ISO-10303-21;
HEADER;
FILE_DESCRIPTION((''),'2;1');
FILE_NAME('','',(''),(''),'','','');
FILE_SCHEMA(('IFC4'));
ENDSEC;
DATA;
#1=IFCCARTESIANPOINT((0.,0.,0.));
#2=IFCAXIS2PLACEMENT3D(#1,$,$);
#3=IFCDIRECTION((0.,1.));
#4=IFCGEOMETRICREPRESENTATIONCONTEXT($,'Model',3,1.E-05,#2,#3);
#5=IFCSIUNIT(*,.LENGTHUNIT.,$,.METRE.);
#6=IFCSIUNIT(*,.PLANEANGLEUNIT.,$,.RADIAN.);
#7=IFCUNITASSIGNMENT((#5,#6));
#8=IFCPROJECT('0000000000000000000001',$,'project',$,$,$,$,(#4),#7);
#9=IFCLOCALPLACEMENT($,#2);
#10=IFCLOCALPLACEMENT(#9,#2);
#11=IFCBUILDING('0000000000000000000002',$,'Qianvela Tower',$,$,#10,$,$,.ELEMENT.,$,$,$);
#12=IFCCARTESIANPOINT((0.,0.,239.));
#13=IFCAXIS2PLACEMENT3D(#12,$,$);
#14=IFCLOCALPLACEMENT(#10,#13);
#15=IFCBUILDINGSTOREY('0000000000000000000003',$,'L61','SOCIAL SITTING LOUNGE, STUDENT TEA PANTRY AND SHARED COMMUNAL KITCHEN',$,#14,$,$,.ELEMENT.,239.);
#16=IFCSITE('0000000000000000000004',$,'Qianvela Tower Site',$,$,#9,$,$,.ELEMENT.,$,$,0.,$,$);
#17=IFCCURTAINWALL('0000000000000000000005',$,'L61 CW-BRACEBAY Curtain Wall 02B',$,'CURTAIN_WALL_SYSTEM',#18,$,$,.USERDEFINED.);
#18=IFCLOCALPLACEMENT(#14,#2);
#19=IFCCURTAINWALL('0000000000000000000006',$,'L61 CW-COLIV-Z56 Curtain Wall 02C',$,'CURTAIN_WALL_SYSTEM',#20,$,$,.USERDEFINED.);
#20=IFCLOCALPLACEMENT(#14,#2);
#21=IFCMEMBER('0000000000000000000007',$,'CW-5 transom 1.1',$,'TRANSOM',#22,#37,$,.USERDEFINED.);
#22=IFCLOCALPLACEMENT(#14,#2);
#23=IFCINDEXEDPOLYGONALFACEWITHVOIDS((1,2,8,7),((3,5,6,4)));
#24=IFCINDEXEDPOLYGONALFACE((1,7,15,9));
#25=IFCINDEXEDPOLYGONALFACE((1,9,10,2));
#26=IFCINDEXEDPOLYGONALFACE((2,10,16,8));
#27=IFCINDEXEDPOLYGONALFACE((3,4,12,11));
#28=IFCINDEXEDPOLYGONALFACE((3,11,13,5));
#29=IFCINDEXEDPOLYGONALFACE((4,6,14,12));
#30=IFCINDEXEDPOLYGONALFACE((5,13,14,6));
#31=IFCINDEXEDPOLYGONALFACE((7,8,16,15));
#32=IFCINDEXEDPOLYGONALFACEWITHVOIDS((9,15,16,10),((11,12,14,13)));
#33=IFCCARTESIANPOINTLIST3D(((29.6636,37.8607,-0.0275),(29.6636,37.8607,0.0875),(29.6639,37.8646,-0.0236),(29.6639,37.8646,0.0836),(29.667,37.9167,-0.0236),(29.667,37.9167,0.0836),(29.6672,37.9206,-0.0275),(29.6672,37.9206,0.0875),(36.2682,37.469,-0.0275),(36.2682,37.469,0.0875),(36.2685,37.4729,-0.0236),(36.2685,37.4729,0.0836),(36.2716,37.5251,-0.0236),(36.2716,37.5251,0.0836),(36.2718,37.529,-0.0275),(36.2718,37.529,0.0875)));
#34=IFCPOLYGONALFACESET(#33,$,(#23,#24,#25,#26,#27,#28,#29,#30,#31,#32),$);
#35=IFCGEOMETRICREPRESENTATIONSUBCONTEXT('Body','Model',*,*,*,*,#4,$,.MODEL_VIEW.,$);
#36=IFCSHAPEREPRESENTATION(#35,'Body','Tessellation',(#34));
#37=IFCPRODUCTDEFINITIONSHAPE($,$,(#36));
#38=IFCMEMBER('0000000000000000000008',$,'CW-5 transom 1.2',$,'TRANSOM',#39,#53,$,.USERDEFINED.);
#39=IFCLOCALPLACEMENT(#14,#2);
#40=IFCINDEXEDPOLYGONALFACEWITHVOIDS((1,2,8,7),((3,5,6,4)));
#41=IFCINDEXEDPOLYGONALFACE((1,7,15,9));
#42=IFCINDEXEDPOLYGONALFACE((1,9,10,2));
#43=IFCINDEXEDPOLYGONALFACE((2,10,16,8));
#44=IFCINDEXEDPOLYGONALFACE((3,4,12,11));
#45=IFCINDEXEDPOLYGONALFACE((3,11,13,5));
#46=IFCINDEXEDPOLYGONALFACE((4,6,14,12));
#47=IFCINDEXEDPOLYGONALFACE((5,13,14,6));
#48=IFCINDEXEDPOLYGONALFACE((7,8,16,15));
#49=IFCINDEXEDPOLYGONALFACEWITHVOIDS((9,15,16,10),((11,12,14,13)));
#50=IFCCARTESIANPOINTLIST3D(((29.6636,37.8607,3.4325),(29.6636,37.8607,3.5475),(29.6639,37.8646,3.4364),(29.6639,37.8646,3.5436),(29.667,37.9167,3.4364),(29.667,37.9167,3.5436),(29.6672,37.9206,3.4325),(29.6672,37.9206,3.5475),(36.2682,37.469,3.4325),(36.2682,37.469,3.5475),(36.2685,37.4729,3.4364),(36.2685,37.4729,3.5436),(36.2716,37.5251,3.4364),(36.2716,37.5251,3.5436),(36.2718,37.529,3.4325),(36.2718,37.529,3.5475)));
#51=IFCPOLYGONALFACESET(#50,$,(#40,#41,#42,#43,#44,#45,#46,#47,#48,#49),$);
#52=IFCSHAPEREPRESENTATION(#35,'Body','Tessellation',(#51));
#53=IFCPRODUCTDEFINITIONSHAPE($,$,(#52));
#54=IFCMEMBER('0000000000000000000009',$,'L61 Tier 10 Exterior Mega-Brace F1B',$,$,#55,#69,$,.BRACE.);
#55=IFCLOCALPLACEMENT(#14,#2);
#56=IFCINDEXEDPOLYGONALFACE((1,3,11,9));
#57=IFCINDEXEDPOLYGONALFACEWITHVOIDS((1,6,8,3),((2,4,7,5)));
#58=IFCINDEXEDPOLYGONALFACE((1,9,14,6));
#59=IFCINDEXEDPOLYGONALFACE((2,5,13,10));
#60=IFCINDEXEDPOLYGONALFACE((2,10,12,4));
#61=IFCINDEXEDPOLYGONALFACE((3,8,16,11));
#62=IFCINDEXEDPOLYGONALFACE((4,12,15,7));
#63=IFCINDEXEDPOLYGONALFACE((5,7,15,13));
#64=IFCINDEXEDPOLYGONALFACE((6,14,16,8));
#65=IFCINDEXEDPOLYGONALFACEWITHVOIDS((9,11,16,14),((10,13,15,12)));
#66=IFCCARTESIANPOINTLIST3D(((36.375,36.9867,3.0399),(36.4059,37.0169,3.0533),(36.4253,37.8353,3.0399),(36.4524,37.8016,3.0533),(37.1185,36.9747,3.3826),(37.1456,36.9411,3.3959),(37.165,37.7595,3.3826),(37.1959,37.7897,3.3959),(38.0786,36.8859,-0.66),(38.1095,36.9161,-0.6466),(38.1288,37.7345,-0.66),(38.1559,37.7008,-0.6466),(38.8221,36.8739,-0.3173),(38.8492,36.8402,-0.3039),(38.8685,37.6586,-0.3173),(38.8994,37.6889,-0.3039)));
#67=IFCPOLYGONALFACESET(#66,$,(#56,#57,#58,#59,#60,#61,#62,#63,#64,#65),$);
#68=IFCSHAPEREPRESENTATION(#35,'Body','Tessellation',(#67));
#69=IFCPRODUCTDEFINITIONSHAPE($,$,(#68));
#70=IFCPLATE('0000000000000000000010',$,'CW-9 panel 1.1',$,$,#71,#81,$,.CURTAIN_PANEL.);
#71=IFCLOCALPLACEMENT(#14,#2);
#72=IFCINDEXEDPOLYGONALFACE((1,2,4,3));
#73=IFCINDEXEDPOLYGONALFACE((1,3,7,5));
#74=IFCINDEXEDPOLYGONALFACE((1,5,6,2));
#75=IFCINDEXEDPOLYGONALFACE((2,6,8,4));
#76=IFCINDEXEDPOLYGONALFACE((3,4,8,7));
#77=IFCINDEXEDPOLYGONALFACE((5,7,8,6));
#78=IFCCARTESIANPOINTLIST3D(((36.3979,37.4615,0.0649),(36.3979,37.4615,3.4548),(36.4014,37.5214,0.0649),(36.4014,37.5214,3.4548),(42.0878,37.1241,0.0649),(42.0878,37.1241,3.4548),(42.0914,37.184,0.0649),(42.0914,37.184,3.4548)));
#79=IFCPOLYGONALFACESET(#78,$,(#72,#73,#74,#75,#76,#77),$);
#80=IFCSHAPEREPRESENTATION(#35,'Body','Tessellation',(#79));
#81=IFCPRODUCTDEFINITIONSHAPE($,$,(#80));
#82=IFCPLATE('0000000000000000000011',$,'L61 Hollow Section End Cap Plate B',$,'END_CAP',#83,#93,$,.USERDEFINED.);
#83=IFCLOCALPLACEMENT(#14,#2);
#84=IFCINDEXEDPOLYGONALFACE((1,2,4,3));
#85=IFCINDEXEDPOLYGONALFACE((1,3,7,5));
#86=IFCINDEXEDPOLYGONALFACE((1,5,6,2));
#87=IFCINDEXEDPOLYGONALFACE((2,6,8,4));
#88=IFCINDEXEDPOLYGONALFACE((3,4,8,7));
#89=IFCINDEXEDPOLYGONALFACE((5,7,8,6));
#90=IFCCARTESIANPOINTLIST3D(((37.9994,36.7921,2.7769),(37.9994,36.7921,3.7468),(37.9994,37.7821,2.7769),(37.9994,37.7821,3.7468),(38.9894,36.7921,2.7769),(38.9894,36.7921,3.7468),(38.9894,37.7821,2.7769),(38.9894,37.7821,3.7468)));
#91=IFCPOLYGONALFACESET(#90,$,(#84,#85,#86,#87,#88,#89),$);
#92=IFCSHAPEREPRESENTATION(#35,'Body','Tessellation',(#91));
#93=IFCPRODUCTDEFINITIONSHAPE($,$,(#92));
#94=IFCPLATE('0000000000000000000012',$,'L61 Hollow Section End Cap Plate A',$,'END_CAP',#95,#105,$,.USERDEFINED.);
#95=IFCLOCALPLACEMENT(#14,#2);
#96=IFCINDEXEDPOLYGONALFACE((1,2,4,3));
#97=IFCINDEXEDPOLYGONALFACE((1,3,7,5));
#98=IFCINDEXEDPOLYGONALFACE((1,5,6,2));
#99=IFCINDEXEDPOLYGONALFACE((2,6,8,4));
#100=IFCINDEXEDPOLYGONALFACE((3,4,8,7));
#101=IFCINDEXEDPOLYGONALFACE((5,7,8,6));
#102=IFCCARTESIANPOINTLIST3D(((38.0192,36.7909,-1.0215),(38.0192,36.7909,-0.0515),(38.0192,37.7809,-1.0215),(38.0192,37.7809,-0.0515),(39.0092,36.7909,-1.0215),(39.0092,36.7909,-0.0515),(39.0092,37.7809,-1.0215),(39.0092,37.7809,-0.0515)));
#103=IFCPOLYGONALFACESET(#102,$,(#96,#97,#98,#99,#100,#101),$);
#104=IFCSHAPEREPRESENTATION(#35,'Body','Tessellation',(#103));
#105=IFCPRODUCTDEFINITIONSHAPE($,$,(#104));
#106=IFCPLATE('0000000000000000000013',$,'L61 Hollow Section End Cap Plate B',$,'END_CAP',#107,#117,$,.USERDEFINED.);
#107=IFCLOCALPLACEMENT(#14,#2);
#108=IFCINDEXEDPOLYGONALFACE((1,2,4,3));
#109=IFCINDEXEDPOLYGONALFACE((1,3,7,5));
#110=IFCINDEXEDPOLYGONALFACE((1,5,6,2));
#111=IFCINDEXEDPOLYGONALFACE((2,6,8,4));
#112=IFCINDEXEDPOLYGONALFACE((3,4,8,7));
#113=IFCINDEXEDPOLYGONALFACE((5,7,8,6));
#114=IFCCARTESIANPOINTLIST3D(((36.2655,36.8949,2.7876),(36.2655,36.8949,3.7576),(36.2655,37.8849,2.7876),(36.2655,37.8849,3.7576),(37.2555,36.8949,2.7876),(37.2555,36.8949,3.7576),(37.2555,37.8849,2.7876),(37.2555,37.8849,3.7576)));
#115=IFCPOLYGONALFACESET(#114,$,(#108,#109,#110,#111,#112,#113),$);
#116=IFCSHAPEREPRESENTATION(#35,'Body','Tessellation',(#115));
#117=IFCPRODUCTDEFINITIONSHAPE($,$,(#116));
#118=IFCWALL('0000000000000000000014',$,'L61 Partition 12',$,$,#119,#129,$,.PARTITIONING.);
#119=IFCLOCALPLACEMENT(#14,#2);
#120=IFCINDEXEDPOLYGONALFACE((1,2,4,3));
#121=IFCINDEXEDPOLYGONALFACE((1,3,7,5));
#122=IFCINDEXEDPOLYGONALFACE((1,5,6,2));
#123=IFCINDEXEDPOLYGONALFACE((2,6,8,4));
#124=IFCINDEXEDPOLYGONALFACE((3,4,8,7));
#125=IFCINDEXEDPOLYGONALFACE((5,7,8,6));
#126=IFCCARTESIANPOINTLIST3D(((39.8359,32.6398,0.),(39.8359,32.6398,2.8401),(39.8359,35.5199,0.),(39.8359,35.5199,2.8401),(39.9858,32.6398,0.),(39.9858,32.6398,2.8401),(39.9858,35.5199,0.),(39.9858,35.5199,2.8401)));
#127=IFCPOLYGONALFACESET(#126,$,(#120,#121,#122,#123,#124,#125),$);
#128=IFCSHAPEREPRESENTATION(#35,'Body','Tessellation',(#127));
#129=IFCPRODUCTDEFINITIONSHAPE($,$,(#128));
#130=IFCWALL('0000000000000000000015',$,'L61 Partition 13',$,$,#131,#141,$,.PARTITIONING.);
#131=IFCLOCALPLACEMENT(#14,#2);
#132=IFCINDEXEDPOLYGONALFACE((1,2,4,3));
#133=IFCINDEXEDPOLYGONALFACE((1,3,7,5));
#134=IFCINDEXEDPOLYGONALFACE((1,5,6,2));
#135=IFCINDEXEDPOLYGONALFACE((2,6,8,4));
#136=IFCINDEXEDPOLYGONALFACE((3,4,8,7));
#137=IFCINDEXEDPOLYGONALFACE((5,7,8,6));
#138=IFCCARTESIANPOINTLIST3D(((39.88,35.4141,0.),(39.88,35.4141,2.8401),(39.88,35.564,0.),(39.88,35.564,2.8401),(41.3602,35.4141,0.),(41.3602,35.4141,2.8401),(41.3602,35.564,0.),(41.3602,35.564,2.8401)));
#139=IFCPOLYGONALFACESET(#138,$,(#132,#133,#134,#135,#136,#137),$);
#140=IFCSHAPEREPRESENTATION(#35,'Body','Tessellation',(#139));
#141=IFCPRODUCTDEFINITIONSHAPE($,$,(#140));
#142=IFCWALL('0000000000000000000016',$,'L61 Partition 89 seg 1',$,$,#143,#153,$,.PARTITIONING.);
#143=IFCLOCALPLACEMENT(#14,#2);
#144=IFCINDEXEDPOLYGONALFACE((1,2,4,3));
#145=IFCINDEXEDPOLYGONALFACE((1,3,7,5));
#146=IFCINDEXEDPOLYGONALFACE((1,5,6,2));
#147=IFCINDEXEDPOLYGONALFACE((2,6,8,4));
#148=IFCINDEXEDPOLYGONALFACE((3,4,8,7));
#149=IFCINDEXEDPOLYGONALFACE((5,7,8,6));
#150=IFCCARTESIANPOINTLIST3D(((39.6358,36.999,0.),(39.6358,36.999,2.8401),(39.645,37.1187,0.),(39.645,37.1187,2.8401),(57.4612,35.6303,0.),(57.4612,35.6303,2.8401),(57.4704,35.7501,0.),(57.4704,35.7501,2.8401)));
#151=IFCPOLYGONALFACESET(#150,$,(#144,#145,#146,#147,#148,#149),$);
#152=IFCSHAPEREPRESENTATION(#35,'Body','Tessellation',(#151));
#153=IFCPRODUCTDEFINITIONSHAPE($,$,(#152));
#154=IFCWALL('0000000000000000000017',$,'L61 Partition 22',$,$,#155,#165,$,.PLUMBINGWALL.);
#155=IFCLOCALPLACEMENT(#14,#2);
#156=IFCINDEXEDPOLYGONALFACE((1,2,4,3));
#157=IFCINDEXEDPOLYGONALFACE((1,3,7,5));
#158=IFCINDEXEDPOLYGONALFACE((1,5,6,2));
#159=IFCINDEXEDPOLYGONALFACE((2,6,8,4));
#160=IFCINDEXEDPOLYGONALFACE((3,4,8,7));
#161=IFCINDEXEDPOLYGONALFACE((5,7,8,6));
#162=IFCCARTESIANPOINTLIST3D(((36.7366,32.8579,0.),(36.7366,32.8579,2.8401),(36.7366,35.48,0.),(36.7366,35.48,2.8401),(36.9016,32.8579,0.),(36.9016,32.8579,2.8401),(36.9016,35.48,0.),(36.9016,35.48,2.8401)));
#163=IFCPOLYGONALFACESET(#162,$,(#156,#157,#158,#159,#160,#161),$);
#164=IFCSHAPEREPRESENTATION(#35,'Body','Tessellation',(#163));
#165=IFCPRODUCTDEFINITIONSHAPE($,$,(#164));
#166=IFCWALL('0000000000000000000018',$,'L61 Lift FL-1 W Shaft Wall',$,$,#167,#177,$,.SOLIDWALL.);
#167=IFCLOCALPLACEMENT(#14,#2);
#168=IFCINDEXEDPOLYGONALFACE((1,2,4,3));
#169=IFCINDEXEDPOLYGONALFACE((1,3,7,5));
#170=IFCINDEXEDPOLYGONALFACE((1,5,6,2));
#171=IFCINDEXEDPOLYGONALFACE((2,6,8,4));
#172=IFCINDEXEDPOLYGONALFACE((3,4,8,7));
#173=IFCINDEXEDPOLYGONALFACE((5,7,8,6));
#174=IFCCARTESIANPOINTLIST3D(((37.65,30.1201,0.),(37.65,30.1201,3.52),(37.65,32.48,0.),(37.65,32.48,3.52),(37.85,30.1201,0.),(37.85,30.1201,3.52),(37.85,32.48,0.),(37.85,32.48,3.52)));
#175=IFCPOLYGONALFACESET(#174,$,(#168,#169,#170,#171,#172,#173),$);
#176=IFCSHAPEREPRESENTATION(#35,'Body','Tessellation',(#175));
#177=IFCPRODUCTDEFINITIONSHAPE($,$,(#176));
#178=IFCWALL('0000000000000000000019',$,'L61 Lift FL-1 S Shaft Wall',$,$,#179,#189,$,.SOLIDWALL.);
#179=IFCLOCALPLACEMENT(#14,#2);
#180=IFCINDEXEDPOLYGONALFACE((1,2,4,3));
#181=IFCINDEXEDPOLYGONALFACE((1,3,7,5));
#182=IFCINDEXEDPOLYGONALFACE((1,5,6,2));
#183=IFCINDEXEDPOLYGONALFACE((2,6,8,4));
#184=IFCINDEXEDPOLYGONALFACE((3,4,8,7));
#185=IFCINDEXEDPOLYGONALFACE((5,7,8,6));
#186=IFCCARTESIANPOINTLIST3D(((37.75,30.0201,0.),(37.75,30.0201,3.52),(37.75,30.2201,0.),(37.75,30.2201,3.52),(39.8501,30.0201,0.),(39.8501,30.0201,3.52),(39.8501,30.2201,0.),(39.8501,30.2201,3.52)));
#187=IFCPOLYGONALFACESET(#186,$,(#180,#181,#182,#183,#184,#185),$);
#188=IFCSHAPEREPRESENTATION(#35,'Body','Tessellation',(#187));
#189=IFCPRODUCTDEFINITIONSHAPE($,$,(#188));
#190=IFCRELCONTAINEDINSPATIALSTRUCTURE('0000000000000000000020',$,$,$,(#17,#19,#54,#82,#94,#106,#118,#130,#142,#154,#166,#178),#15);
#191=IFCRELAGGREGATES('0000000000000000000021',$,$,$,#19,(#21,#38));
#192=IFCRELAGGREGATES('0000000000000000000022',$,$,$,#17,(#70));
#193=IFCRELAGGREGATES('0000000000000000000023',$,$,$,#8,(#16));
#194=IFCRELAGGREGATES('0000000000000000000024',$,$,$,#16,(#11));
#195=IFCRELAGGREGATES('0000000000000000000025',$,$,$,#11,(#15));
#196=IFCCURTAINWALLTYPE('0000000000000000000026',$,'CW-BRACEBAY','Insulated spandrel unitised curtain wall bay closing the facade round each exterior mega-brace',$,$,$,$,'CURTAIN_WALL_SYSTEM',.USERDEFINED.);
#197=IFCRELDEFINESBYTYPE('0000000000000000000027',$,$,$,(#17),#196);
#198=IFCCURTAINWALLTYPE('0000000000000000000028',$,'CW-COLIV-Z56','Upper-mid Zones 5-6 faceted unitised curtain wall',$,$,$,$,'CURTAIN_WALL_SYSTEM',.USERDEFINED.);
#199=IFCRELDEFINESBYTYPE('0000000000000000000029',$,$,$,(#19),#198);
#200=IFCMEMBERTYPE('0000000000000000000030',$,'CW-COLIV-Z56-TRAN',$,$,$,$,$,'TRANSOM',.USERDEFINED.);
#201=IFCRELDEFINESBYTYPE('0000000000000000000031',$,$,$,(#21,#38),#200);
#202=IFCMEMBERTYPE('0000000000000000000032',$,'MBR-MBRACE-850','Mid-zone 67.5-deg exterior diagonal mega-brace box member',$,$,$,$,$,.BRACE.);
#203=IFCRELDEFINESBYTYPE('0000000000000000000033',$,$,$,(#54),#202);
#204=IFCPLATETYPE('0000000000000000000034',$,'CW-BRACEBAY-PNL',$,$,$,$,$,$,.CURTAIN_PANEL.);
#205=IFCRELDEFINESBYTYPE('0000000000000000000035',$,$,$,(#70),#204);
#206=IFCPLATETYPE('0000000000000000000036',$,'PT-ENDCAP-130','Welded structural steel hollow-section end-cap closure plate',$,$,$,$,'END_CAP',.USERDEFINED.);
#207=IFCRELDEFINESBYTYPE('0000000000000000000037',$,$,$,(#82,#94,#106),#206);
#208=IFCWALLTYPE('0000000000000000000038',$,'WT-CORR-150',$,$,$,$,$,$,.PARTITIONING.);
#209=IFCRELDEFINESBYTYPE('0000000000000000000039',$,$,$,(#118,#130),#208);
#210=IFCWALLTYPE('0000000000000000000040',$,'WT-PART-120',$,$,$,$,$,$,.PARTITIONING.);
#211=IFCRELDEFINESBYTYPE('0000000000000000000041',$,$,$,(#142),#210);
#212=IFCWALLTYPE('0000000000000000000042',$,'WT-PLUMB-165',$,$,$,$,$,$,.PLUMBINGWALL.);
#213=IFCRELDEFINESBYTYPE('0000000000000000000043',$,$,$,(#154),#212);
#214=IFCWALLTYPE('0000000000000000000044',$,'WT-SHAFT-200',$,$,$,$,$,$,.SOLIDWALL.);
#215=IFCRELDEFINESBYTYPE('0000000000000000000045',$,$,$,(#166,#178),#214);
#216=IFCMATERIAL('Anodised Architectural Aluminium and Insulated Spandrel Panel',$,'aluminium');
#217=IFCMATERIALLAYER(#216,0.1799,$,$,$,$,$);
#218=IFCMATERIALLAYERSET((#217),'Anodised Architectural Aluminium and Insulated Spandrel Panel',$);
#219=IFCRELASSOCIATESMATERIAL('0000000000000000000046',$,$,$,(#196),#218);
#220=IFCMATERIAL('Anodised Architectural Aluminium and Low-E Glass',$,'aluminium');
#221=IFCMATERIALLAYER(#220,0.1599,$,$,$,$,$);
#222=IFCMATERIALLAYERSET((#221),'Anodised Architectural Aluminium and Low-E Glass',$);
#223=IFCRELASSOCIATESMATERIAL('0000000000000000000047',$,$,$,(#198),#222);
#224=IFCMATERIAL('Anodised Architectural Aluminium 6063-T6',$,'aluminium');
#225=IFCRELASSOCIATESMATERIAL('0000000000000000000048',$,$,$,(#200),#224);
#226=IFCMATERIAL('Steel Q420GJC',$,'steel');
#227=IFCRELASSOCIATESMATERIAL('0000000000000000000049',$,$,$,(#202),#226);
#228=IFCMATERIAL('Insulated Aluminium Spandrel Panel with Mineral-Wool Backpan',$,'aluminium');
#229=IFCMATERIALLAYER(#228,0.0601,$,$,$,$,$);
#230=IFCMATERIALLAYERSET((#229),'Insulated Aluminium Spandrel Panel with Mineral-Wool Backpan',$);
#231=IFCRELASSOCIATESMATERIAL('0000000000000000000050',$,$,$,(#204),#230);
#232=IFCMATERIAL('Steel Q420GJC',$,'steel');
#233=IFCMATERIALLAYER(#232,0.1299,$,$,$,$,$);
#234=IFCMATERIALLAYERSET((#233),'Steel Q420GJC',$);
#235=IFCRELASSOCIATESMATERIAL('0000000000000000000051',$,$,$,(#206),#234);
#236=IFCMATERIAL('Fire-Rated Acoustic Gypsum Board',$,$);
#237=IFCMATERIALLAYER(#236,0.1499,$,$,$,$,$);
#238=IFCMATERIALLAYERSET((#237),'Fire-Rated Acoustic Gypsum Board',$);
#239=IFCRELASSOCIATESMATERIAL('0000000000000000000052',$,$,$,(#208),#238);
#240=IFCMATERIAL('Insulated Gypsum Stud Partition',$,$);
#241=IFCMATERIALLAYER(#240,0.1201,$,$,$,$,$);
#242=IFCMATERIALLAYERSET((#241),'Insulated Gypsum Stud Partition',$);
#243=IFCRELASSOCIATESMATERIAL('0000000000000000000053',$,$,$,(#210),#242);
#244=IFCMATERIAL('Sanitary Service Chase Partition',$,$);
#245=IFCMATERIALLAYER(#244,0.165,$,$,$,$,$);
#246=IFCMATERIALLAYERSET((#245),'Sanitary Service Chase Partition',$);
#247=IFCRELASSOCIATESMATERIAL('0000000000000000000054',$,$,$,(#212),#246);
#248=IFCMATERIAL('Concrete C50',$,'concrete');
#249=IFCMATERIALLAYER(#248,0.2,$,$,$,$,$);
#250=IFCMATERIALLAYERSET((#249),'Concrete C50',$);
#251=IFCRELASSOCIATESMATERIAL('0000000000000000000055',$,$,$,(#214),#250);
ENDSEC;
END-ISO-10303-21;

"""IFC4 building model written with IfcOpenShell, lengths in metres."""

from ifc_helpers import new_model, si_unit, direction, frame, frame_2d, origin, origin_2d, place, context, subcontext, project, spatial, rectangle, hollow_rectangle, extrude, material, layer, layer_set, material_profile, profile_set, type_object, element, aggregate, save


model = new_model("IFC4")

# Units and contexts
model_context = context("Model", 3, precision=1e-05, world=origin(), true_north=direction((0.0, 1.0)))
body_context = subcontext(model_context, "Body", "Model", "MODEL_VIEW")
ifc_project = project(units=[si_unit("LENGTHUNIT", "METRE"), si_unit("PLANEANGLEUNIT", "RADIAN")], contexts=[model_context])

# Site, building, storey
site_placement = place(None, origin())
site = spatial("IfcSite", under=ifc_project, at=site_placement, Name="Qianvela Tower Site", CompositionType="ELEMENT", RefElevation=0.0)
building_placement = place(site_placement, origin())
building = spatial("IfcBuilding", under=site, at=building_placement, Name="Qianvela Tower", CompositionType="ELEMENT")
storey_placement = place(building_placement, frame((0.0, 0.0, 239.0)))
storey = spatial("IfcBuildingStorey", under=building, at=storey_placement, Name="L61", Description="SOCIAL SITTING LOUNGE, STUDENT TEA PANTRY AND SHARED COMMUNAL KITCHEN", CompositionType="ELEMENT", Elevation=239.0)

# Curtain wall
ifc_material_1 = material(Name="Anodised Architectural Aluminium and Insulated Spandrel Panel", Category="aluminium")
ifc_layer_1 = layer(ifc_material_1, 0.1799)
ifc_layer_set_1 = layer_set([ifc_layer_1], Name="Anodised Architectural Aluminium and Insulated Spandrel Panel")
curtain_wall_type_1 = type_object("IfcCurtainWallType", Name="CW-BRACEBAY", Description="Insulated spandrel unitised curtain wall bay closing the facade round each exterior mega-brace", ElementType="CURTAIN_WALL_SYSTEM", PredefinedType="USERDEFINED", material=ifc_layer_set_1)
curtain_wall_1_placement = place(storey_placement, origin())
curtain_wall_1 = element("IfcCurtainWall", 1, at=curtain_wall_1_placement, inside=storey, type_object=curtain_wall_type_1, Name="L61 CW-BRACEBAY Curtain Wall 02B", ObjectType="CURTAIN_WALL_SYSTEM", PredefinedType="USERDEFINED")

# Curtain wall, members
ifc_material_2 = material(Name="Anodised Architectural Aluminium and Low-E Glass", Category="aluminium")
ifc_layer_2 = layer(ifc_material_2, 0.1599)
ifc_layer_set_2 = layer_set([ifc_layer_2], Name="Anodised Architectural Aluminium and Low-E Glass")
curtain_wall_type_2 = type_object("IfcCurtainWallType", Name="CW-COLIV-Z56", Description="Upper-mid Zones 5-6 faceted unitised curtain wall", ElementType="CURTAIN_WALL_SYSTEM", PredefinedType="USERDEFINED", material=ifc_layer_set_2)
curtain_wall_2_placement = place(storey_placement, origin())
curtain_wall_2 = element("IfcCurtainWall", 2, at=curtain_wall_2_placement, inside=storey, type_object=curtain_wall_type_2, Name="L61 CW-COLIV-Z56 Curtain Wall 02C", ObjectType="CURTAIN_WALL_SYSTEM", PredefinedType="USERDEFINED")
ifc_material_3 = material(Name="Anodised Architectural Aluminium 6063-T6", Category="aluminium")
ifc_material_profile_1 = material_profile(ifc_material_3, hollow_rectangle(XDim=0.0601, YDim=0.115, WallThickness=0.0039, at=origin_2d()), Name="ALU-TRAN-60x115")
ifc_profile_set_1 = profile_set([ifc_material_profile_1], Name="Anodised Architectural Aluminium 6063-T6")
member_type_1 = type_object("IfcMemberType", Name="CW-COLIV-Z56-TRAN", ElementType="TRANSOM", PredefinedType="USERDEFINED", material=ifc_profile_set_1)
member_1_placement = place(storey_placement, frame((36.27, 37.499, 0.03), z_axis=(-0.998247, 0.059189, 0.0), x_axis=(-0.059189, -0.998247, 0.0)))
member_1 = element("IfcMember", 3, at=member_1_placement, type_object=member_type_1, Name="CW-5 transom 1.1", ObjectType="TRANSOM", PredefinedType="USERDEFINED", context=body_context, shape_type="SweptSolid", body=[
    extrude(hollow_rectangle(XDim=0.0601, YDim=0.115, WallThickness=0.0039, at=origin_2d()), origin(), (0.0, 0.0, 1.0), 6.6162),
])
member_2_placement = place(storey_placement, frame((36.27, 37.499, 3.49), z_axis=(-0.998247, 0.059189, 0.0), x_axis=(-0.059189, -0.998247, 0.0)))
member_2 = element("IfcMember", 4, at=member_2_placement, type_object=member_type_1, Name="CW-5 transom 1.2", ObjectType="TRANSOM", PredefinedType="USERDEFINED", context=body_context, shape_type="SweptSolid", body=[
    extrude(hollow_rectangle(XDim=0.0601, YDim=0.115, WallThickness=0.0039, at=origin_2d()), origin(), (0.0, 0.0, 1.0), 6.6162),
])
aggregate(curtain_wall_2, [member_1, member_2])

# Member
ifc_material_4 = material(Name="Steel Q420GJC", Category="steel")
ifc_material_profile_2 = material_profile(ifc_material_4, hollow_rectangle(XDim=0.8501, YDim=0.8501, WallThickness=0.032, at=origin_2d()), Name="MBOX-850x850x32")
ifc_profile_set_2 = profile_set([ifc_material_profile_2], Name="Steel Q420GJC")
member_type_2 = type_object("IfcMemberType", Name="MBR-MBRACE-850", Description="Mid-zone 67.5-deg exterior diagonal mega-brace box member", PredefinedType="BRACE", material=ifc_profile_set_2)
member_3_placement = place(storey_placement, frame((38.489, 37.2874, -0.4819), z_axis=(-0.418109, 0.024746, 0.90806), x_axis=(-0.059083, -0.998253, 0.0)))
element("IfcMember", 5, at=member_3_placement, inside=storey, type_object=member_type_2, Name="L61 Tier 10 Exterior Mega-Brace F1B", PredefinedType="BRACE", context=body_context, shape_type="SweptSolid", body=[
    extrude(hollow_rectangle(XDim=0.8501, YDim=0.8501, WallThickness=0.032, at=origin_2d()), origin(), (0.0, 0.0, 1.0), 4.0745),
])

# Plate
ifc_material_5 = material(Name="Insulated Aluminium Spandrel Panel with Mineral-Wool Backpan", Category="aluminium")
ifc_layer_3 = layer(ifc_material_5, 0.0601)
ifc_layer_set_3 = layer_set([ifc_layer_3], Name="Insulated Aluminium Spandrel Panel with Mineral-Wool Backpan")
plate_type_1 = type_object("IfcPlateType", Name="CW-BRACEBAY-PNL", PredefinedType="CURTAIN_PANEL", material=ifc_layer_set_3)
plate_placement = place(storey_placement, frame((39.2446, 37.3228, 0.0649), z_axis=(0.0, 0.0, 1.0), x_axis=(-0.998247, 0.059194, 0.0)))
plate = element("IfcPlate", 6, at=plate_placement, type_object=plate_type_1, Name="CW-9 panel 1.1", PredefinedType="CURTAIN_PANEL", context=body_context, shape_type="SweptSolid", body=[
    extrude(rectangle(XDim=5.7, YDim=0.0601, at=origin_2d()), origin(), (0.0, 0.0, 1.0), 3.3899),
])
aggregate(curtain_wall_1, [plate])

# Plates
ifc_material_6 = material(Name="Steel Q420GJC", Category="steel")
ifc_layer_4 = layer(ifc_material_6, 0.1299)
ifc_layer_set_4 = layer_set([ifc_layer_4], Name="Steel Q420GJC")
plate_type_2 = type_object("IfcPlateType", Name="PT-ENDCAP-130", Description="Welded structural steel hollow-section end-cap closure plate", ElementType="END_CAP", PredefinedType="USERDEFINED", material=ifc_layer_set_4)
for number, where, z_axis, x_axis, name in (
    (7, (38.4944, 37.2871, 2.7769), (0.0, 0.0, 1.0), (1.0, 0.0, 0.0), "L61 Hollow Section End Cap Plate B"),
    (8, (38.5142, 37.2859, -1.0215), (0.0, 0.0, 1.0), (1.0, 0.0, 0.0), "L61 Hollow Section End Cap Plate A"),
    (9, (36.7605, 37.3899, 2.7876), (0.0, 0.0, 1.0), (1.0, 0.0, 0.0), "L61 Hollow Section End Cap Plate B"),
):
    element("IfcPlate", number, at=place(storey_placement, frame(where, z_axis=z_axis, x_axis=x_axis)), inside=storey, type_object=plate_type_2, Name=name, ObjectType="END_CAP", PredefinedType="USERDEFINED", context=body_context, shape_type="SweptSolid", body=[
        extrude(rectangle(XDim=0.99, YDim=0.99, at=origin_2d()), origin(), (0.0, 0.0, 1.0), 0.97),
    ])

# Walls
ifc_material_7 = material(Name="Fire-Rated Acoustic Gypsum Board")
ifc_layer_5 = layer(ifc_material_7, 0.1499)
ifc_layer_set_5 = layer_set([ifc_layer_5], Name="Fire-Rated Acoustic Gypsum Board")
wall_type_1 = type_object("IfcWallType", Name="WT-CORR-150", PredefinedType="PARTITIONING", material=ifc_layer_set_5)
wall_1_placement = place(storey_placement, frame((39.9109, 32.6399, 0.0), z_axis=(0.0, 0.0, 1.0), x_axis=(0.0, 1.0, 0.0)))
element("IfcWall", 10, at=wall_1_placement, inside=storey, type_object=wall_type_1, Name="L61 Partition 12", PredefinedType="PARTITIONING", context=body_context, shape_type="SweptSolid", body=[
    extrude(rectangle(XDim=2.8801, YDim=0.1499, at=frame_2d((1.4399, 0.0))), origin(), (0.0, 0.0, 1.0), 2.8401),
])
wall_2_placement = place(storey_placement, frame((39.8799, 35.489, 0.0), z_axis=(0.0, 0.0, 1.0), x_axis=(1.0, 0.0, 0.0)))
element("IfcWall", 11, at=wall_2_placement, inside=storey, type_object=wall_type_1, Name="L61 Partition 13", PredefinedType="PARTITIONING", context=body_context, shape_type="SweptSolid", body=[
    extrude(rectangle(XDim=1.4802, YDim=0.1499, at=frame_2d((0.7402, 0.0))), origin(), (0.0, 0.0, 1.0), 2.8401),
])
ifc_material_8 = material(Name="Insulated Gypsum Stud Partition")
ifc_layer_6 = layer(ifc_material_8, 0.1201)
ifc_layer_set_6 = layer_set([ifc_layer_6], Name="Insulated Gypsum Stud Partition")
wall_type_2 = type_object("IfcWallType", Name="WT-PART-120", PredefinedType="PARTITIONING", material=ifc_layer_set_6)
wall_3_placement = place(storey_placement, frame((39.6404, 37.0588, 0.0), z_axis=(0.0, 0.0, 1.0), x_axis=(0.997065, -0.076556, 0.0)))
element("IfcWall", 12, at=wall_3_placement, inside=storey, type_object=wall_type_2, Name="L61 Partition 89 seg 1", PredefinedType="PARTITIONING", context=body_context, shape_type="SweptSolid", body=[
    extrude(rectangle(XDim=17.8779, YDim=0.1201, at=frame_2d((8.939, 0.0))), origin(), (0.0, 0.0, 1.0), 2.8401),
])
ifc_material_9 = material(Name="Sanitary Service Chase Partition")
ifc_layer_7 = layer(ifc_material_9, 0.165)
ifc_layer_set_7 = layer_set([ifc_layer_7], Name="Sanitary Service Chase Partition")
wall_type_3 = type_object("IfcWallType", Name="WT-PLUMB-165", PredefinedType="PLUMBINGWALL", material=ifc_layer_set_7)
wall_4_placement = place(storey_placement, frame((36.8191, 35.48, 0.0), z_axis=(0.0, 0.0, 1.0), x_axis=(0.0, -1.0, 0.0)))
element("IfcWall", 13, at=wall_4_placement, inside=storey, type_object=wall_type_3, Name="L61 Partition 22", PredefinedType="PLUMBINGWALL", context=body_context, shape_type="SweptSolid", body=[
    extrude(rectangle(XDim=2.6221, YDim=0.165, at=frame_2d((1.311, 0.0))), origin(), (0.0, 0.0, 1.0), 2.8401),
])

# Shared definitions
ifc_material_10 = material(Name="Concrete C50", Category="concrete")
ifc_layer_8 = layer(ifc_material_10, 0.2)
ifc_layer_set_8 = layer_set([ifc_layer_8], Name="Concrete C50")
wall_type_4 = type_object("IfcWallType", Name="WT-SHAFT-200", PredefinedType="SOLIDWALL", material=ifc_layer_set_8)

# Walls
wall_5_placement = place(storey_placement, frame((37.75, 30.1201, 0.0), z_axis=(0.0, 0.0, 1.0), x_axis=(0.0, 1.0, 0.0)))
element("IfcWall", 14, at=wall_5_placement, inside=storey, type_object=wall_type_4, Name="L61 Lift FL-1 W Shaft Wall", PredefinedType="SOLIDWALL", context=body_context, shape_type="SweptSolid", body=[
    extrude(rectangle(XDim=2.3599, YDim=0.2, at=frame_2d((1.1799, 0.0))), origin(), (0.0, 0.0, 1.0), 3.52),
])
wall_6_placement = place(storey_placement, frame((37.75, 30.1201, 0.0), z_axis=(0.0, 0.0, 1.0), x_axis=(1.0, 0.0, 0.0)))
element("IfcWall", 15, at=wall_6_placement, inside=storey, type_object=wall_type_4, Name="L61 Lift FL-1 S Shaft Wall", PredefinedType="SOLIDWALL", context=body_context, shape_type="SweptSolid", body=[
    extrude(rectangle(XDim=2.1001, YDim=0.2, at=frame_2d((1.05, 0.0))), origin(), (0.0, 0.0, 1.0), 3.52),
])

save(model, "model.ifc")
